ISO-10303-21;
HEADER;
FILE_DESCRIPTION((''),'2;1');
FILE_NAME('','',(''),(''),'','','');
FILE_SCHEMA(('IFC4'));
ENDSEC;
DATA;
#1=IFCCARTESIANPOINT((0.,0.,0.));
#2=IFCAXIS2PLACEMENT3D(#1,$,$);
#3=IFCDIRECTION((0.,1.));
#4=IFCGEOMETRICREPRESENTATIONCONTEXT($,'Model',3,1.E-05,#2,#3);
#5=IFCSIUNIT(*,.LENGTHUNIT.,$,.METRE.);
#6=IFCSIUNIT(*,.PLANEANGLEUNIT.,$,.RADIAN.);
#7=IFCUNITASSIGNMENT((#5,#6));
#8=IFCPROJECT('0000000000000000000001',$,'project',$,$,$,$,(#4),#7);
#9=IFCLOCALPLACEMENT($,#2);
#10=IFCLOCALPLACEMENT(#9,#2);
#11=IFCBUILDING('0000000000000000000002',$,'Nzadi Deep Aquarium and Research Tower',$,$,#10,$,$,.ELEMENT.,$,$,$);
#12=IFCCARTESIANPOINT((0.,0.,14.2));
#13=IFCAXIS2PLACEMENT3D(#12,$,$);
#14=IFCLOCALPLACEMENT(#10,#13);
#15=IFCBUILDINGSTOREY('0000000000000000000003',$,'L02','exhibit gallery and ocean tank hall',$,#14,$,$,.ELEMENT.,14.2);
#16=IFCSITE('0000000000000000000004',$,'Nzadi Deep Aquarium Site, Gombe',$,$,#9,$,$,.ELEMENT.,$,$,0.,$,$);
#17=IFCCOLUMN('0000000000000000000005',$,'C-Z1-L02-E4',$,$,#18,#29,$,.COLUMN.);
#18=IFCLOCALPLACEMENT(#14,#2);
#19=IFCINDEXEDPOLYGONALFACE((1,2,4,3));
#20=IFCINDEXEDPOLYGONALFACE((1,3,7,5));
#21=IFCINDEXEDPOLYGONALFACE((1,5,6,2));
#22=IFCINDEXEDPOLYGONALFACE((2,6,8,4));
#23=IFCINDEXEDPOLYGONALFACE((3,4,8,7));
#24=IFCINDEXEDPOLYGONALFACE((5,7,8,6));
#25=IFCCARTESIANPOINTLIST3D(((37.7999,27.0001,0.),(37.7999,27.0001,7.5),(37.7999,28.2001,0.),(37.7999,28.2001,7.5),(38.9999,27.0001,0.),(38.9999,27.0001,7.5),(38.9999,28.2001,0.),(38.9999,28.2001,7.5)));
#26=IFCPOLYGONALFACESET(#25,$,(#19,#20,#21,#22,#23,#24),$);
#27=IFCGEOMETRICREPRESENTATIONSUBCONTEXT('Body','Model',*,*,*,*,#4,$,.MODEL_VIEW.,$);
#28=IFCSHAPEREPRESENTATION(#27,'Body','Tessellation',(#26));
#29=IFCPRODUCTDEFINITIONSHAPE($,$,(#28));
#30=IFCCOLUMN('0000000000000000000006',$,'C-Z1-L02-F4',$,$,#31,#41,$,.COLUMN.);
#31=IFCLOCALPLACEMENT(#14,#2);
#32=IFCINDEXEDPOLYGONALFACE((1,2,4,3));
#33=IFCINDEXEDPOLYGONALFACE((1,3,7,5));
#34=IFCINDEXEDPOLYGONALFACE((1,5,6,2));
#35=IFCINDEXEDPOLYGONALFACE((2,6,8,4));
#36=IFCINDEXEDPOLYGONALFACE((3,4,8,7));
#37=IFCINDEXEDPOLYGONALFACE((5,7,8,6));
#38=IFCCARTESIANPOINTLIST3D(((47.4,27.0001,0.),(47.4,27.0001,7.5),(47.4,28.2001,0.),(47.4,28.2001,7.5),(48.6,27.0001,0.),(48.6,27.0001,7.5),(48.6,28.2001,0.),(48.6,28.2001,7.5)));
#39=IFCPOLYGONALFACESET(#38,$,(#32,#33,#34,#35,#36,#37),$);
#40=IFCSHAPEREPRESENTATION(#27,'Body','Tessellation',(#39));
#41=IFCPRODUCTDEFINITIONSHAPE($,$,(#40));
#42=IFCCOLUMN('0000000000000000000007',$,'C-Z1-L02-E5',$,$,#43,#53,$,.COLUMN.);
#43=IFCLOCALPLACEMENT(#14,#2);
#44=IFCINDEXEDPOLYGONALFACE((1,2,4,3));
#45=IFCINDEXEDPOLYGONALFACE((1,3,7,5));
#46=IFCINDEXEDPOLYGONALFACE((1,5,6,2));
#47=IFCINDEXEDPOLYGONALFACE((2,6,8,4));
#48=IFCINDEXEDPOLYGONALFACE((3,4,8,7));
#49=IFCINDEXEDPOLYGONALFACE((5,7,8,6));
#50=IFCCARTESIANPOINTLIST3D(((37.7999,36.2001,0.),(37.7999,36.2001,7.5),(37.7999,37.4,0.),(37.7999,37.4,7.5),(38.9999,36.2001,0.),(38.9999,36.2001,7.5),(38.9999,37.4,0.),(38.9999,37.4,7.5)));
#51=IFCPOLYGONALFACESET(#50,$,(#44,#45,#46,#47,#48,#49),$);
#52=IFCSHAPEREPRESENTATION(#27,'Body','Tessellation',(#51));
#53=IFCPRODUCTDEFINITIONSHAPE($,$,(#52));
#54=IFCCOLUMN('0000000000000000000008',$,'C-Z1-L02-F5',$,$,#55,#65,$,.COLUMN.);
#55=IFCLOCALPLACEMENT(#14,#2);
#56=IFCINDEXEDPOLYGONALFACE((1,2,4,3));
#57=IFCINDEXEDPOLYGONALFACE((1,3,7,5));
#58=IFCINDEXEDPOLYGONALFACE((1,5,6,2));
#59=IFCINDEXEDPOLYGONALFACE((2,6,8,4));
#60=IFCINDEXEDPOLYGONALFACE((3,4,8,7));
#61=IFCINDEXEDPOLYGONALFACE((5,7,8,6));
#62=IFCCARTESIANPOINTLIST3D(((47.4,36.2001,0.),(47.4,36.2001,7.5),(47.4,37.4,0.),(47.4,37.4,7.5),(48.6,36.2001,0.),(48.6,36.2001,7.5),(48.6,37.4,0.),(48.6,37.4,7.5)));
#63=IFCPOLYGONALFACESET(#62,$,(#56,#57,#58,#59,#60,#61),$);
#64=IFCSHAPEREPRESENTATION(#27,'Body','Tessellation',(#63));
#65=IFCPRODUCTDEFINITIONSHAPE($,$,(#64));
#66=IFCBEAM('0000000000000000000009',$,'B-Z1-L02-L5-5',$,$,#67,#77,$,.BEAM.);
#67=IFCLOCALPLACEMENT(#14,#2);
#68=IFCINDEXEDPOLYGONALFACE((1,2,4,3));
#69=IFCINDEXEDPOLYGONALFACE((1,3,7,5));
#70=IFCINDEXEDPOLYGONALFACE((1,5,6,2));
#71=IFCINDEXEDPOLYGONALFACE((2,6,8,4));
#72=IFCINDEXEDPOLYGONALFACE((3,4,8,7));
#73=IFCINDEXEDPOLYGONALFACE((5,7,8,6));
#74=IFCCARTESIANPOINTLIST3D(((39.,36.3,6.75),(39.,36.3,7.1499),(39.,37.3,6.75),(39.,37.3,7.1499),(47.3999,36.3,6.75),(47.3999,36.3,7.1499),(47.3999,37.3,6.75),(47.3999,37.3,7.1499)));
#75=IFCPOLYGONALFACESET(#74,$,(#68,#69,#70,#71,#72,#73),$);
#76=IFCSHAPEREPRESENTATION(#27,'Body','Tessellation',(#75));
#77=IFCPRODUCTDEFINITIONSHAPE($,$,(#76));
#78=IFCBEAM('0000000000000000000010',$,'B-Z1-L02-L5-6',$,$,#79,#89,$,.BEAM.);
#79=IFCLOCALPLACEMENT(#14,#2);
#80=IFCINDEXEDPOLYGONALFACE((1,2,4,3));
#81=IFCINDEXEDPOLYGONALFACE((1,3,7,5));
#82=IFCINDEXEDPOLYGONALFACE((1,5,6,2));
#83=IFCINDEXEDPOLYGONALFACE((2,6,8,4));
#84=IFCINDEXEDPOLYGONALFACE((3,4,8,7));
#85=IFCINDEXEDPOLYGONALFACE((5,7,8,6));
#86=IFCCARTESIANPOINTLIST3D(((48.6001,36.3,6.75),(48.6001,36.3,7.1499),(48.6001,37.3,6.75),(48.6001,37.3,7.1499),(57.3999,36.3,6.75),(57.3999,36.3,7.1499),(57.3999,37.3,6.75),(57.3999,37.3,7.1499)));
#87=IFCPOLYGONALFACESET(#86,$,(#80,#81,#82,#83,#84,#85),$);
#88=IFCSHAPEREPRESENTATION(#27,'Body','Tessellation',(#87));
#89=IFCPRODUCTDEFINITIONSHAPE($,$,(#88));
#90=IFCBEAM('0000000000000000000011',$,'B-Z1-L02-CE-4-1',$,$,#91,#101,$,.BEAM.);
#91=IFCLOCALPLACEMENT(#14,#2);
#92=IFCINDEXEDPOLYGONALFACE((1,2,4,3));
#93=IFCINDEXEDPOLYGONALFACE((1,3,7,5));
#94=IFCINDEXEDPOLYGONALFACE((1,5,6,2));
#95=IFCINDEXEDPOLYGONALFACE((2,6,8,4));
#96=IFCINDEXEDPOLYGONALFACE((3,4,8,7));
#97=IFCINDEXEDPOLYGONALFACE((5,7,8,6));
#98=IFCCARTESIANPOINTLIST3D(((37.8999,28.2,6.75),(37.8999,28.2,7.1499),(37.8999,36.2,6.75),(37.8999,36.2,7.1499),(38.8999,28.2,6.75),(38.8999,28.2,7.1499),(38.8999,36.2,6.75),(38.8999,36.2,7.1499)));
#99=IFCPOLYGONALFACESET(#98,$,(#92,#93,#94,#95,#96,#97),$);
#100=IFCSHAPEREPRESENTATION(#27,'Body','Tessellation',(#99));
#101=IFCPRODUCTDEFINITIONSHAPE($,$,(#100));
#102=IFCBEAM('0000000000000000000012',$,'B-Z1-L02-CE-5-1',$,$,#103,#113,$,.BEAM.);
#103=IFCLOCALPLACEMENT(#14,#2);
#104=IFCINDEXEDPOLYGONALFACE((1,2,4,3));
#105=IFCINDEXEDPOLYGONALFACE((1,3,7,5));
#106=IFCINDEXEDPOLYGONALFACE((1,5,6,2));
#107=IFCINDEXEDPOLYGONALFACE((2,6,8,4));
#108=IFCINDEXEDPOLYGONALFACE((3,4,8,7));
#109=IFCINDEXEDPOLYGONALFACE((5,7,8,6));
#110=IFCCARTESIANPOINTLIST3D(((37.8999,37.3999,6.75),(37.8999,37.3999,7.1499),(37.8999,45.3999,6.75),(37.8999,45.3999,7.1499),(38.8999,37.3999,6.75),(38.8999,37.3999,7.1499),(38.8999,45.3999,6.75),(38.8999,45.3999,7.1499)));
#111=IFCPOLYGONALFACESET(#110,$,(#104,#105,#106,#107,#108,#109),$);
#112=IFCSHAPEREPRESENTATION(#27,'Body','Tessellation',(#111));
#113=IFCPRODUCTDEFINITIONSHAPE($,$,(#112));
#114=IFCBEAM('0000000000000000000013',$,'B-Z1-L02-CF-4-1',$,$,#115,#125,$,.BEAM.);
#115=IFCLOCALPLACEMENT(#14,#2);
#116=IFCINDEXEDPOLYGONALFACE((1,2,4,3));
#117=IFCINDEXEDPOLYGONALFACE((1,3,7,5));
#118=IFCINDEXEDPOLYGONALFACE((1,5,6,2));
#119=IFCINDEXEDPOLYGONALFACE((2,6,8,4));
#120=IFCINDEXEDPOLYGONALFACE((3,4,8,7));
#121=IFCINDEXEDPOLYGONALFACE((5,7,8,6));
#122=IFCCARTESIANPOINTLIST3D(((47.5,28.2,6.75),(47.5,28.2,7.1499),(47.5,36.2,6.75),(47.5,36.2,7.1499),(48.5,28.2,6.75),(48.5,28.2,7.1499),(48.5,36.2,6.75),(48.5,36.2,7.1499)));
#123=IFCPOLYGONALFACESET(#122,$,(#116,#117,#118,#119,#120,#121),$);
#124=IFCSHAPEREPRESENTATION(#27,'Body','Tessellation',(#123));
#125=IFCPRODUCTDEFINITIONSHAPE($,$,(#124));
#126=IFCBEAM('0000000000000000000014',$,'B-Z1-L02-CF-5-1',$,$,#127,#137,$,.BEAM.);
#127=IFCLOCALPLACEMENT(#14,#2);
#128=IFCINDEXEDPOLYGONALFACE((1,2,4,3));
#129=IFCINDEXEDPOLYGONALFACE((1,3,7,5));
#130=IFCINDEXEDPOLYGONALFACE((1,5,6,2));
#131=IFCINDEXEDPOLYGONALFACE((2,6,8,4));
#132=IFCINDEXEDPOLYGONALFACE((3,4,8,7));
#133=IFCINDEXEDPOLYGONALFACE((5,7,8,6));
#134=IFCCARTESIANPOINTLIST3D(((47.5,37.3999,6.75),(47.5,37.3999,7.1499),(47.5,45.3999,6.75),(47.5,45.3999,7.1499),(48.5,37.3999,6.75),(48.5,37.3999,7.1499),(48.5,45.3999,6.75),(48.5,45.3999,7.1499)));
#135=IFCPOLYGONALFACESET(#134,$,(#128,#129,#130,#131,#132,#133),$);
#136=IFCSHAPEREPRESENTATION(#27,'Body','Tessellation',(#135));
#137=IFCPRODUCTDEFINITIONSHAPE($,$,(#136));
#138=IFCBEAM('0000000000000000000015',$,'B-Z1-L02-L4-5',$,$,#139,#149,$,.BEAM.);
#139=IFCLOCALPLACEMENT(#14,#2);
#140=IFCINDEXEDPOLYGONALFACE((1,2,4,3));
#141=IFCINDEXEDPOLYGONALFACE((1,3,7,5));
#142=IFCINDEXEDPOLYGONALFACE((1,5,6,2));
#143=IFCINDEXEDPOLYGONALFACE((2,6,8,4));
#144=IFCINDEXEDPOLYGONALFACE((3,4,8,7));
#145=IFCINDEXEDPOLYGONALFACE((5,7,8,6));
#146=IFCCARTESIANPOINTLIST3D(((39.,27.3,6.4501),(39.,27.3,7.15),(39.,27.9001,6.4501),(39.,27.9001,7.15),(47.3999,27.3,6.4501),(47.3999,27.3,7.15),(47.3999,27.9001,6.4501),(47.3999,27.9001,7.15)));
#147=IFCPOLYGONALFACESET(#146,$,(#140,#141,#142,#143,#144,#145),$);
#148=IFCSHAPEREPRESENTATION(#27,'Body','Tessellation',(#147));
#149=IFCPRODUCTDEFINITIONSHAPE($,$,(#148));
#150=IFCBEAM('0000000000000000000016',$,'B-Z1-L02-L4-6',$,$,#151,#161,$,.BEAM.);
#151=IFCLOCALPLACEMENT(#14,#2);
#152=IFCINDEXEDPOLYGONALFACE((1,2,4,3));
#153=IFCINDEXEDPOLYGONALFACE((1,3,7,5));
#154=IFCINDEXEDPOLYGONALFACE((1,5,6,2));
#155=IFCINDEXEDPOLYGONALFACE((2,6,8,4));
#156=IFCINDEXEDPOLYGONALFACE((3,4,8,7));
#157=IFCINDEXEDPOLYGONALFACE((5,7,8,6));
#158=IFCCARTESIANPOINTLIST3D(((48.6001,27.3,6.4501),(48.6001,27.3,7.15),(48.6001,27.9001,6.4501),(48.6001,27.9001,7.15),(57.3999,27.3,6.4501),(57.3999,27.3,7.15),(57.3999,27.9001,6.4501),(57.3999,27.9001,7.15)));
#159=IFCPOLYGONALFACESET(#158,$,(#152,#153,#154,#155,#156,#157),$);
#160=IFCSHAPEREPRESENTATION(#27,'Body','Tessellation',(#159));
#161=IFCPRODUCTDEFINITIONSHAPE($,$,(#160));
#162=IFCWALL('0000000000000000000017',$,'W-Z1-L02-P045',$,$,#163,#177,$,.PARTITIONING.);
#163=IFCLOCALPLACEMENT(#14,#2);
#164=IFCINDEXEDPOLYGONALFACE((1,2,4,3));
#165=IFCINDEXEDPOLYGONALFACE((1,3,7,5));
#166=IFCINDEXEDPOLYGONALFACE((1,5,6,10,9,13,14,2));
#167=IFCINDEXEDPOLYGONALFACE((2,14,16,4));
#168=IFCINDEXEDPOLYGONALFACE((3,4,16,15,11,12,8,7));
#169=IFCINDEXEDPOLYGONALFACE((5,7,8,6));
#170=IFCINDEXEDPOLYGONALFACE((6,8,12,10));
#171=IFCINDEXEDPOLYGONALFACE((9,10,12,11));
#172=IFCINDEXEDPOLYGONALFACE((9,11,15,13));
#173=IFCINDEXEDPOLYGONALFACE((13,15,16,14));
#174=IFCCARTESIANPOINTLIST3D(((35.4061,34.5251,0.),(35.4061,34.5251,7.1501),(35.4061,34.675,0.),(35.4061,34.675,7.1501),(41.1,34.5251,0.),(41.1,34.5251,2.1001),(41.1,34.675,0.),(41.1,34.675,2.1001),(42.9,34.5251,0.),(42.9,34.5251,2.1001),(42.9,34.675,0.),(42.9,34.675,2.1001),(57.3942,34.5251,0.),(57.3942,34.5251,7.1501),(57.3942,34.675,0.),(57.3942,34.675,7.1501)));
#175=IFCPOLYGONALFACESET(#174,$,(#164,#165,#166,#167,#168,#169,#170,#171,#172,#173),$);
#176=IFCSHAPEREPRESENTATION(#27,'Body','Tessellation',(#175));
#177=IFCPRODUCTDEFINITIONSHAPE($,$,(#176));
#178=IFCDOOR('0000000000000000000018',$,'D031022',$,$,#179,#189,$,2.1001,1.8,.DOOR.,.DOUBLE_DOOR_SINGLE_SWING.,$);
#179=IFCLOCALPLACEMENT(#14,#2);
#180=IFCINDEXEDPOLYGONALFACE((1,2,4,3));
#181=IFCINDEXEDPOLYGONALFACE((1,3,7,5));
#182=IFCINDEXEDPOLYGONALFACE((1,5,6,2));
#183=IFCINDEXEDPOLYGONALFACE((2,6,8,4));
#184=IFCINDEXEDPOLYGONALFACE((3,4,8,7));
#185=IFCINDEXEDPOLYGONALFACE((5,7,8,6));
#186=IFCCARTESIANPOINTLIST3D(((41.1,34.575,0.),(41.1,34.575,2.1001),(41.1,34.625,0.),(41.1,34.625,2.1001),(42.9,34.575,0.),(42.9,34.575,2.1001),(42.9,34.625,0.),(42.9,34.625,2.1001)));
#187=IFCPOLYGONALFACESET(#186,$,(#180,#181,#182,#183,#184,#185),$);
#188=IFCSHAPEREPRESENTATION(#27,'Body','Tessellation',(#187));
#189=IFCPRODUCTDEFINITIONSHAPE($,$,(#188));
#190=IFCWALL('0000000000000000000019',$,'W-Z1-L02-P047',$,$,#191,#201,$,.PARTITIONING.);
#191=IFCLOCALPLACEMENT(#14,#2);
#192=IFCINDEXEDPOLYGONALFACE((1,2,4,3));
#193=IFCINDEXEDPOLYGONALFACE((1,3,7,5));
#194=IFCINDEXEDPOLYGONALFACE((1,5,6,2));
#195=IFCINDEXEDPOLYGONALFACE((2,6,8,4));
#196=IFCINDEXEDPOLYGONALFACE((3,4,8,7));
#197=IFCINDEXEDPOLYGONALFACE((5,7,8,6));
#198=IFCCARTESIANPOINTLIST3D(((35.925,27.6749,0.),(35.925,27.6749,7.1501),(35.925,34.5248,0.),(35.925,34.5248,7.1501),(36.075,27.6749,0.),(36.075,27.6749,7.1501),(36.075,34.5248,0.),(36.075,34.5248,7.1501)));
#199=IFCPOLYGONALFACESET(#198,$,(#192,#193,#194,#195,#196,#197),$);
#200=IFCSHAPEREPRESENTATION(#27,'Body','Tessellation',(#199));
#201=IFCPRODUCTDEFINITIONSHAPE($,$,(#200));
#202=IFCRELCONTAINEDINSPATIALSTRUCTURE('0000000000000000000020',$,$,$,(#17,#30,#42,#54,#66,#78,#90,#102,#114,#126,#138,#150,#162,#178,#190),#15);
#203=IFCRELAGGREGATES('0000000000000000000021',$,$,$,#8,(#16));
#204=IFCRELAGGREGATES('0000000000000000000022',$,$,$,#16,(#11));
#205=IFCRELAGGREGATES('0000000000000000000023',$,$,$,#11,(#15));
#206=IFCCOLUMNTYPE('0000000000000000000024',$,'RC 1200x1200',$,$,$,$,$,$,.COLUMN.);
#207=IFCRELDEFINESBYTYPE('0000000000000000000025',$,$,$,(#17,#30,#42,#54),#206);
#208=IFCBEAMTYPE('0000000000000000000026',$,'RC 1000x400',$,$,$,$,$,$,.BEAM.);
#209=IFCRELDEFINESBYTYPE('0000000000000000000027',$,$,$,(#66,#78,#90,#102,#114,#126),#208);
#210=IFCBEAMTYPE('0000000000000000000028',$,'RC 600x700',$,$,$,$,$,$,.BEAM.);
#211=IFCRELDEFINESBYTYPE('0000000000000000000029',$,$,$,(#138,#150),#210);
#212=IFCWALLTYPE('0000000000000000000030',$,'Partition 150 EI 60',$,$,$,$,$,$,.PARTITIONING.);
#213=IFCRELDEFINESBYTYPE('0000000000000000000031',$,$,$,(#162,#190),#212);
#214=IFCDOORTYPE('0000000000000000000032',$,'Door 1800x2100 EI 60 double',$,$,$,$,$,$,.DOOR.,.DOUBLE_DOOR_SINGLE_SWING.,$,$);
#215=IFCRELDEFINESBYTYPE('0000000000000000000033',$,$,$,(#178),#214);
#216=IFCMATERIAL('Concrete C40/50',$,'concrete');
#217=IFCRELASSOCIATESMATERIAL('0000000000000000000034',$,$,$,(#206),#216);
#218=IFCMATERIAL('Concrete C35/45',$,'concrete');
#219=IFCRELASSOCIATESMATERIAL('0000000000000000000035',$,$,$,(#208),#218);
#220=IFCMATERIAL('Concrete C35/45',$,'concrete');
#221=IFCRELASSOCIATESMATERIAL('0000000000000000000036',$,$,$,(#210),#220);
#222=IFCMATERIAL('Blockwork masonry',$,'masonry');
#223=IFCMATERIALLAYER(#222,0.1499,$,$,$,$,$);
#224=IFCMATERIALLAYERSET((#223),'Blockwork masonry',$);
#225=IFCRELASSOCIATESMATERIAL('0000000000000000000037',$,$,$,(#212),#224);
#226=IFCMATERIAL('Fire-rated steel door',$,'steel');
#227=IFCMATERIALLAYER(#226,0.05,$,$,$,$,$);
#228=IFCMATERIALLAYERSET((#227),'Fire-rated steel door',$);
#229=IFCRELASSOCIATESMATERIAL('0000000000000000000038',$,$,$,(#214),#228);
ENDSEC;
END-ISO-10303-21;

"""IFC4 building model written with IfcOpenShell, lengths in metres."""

from ifc_helpers import new_model, si_unit, direction, frame, frame_2d, origin, origin_2d, place, context, subcontext, project, spatial, rectangle, extrude, material, layer, layer_set, material_profile, profile_set, type_object, element, fill, save


model = new_model("IFC4")

# Units and contexts
model_context = context("Model", 3, precision=1e-05, world=origin(), true_north=direction((0.0, 1.0)))
body_context = subcontext(model_context, "Body", "Model", "MODEL_VIEW")
ifc_project = project(units=[si_unit("LENGTHUNIT", "METRE"), si_unit("PLANEANGLEUNIT", "RADIAN")], contexts=[model_context])

# Site, building, storey
site_placement = place(None, origin())
site = spatial("IfcSite", under=ifc_project, at=site_placement, Name="Nzadi Deep Aquarium Site, Gombe", CompositionType="ELEMENT", RefElevation=0.0)
building_placement = place(site_placement, origin())
building = spatial("IfcBuilding", under=site, at=building_placement, Name="Nzadi Deep Aquarium and Research Tower", CompositionType="ELEMENT")
storey_placement = place(building_placement, frame((0.0, 0.0, 14.2)))
storey = spatial("IfcBuildingStorey", under=building, at=storey_placement, Name="L02", Description="exhibit gallery and ocean tank hall", CompositionType="ELEMENT", Elevation=14.2)

# Columns
ifc_material_1 = material(Name="Concrete C40/50", Category="concrete")
ifc_material_profile_1 = material_profile(ifc_material_1, rectangle(XDim=1.2, YDim=1.2, at=origin_2d()))
ifc_profile_set_1 = profile_set([ifc_material_profile_1], Name="Concrete C40/50")
column_type = type_object("IfcColumnType", Name="RC 1200x1200", PredefinedType="COLUMN", material=ifc_profile_set_1)
for number, where, z_axis, x_axis, name in (
    (1, (38.3999, 27.6001, 0.0), (0.0, 0.0, 1.0), (1.0, 0.0, 0.0), "C-Z1-L02-E4"),
    (2, (48.0, 27.6001, 0.0), (0.0, 0.0, 1.0), (1.0, 0.0, 0.0), "C-Z1-L02-F4"),
    (3, (38.3999, 36.8, 0.0), (0.0, 0.0, 1.0), (1.0, 0.0, 0.0), "C-Z1-L02-E5"),
    (4, (48.0, 36.8, 0.0), (0.0, 0.0, 1.0), (1.0, 0.0, 0.0), "C-Z1-L02-F5"),
):
    element("IfcColumn", number, at=place(storey_placement, frame(where, z_axis=z_axis, x_axis=x_axis)), inside=storey, type_object=column_type, Name=name, PredefinedType="COLUMN", context=body_context, shape_type="SweptSolid", body=[
        extrude(rectangle(XDim=1.2, YDim=1.2, at=origin_2d()), origin(), (0.0, 0.0, 1.0), 7.5),
    ])

# Beams
ifc_material_2 = material(Name="Concrete C35/45", Category="concrete")
ifc_material_profile_2 = material_profile(ifc_material_2, rectangle(XDim=1.0, YDim=0.3999, at=origin_2d()))
ifc_profile_set_2 = profile_set([ifc_material_profile_2], Name="Concrete C35/45")
beam_type_1 = type_object("IfcBeamType", Name="RC 1000x400", PredefinedType="BEAM", material=ifc_profile_set_2)
beam_1_placement = place(storey_placement, frame((39.0, 36.8, 6.95), z_axis=(1.0, 0.0, 0.0), x_axis=(0.0, 1.0, 0.0)))
element("IfcBeam", 5, at=beam_1_placement, inside=storey, type_object=beam_type_1, Name="B-Z1-L02-L5-5", PredefinedType="BEAM", context=body_context, shape_type="SweptSolid", body=[
    extrude(rectangle(XDim=1.0, YDim=0.3999, at=origin_2d()), origin(), (0.0, 0.0, 1.0), 8.3999),
])
beam_2_placement = place(storey_placement, frame((48.6001, 36.8, 6.95), z_axis=(1.0, 0.0, 0.0), x_axis=(0.0, 1.0, 0.0)))
element("IfcBeam", 6, at=beam_2_placement, inside=storey, type_object=beam_type_1, Name="B-Z1-L02-L5-6", PredefinedType="BEAM", context=body_context, shape_type="SweptSolid", body=[
    extrude(rectangle(XDim=1.0, YDim=0.3999, at=origin_2d()), origin(), (0.0, 0.0, 1.0), 8.7998),
])
for number, where, z_axis, x_axis, name in (
    (7, (38.3999, 28.2, 6.95), (0.0, 1.0, 0.0), (-1.0, 0.0, 0.0), "B-Z1-L02-CE-4-1"),
    (8, (38.3999, 37.3999, 6.95), (0.0, 1.0, 0.0), (-1.0, 0.0, 0.0), "B-Z1-L02-CE-5-1"),
    (9, (48.0, 28.2, 6.95), (0.0, 1.0, 0.0), (-1.0, 0.0, 0.0), "B-Z1-L02-CF-4-1"),
    (10, (48.0, 37.3999, 6.95), (0.0, 1.0, 0.0), (-1.0, 0.0, 0.0), "B-Z1-L02-CF-5-1"),
):
    element("IfcBeam", number, at=place(storey_placement, frame(where, z_axis=z_axis, x_axis=x_axis)), inside=storey, type_object=beam_type_1, Name=name, PredefinedType="BEAM", context=body_context, shape_type="SweptSolid", body=[
        extrude(rectangle(XDim=1.0, YDim=0.3999, at=origin_2d()), origin(), (0.0, 0.0, 1.0), 8.0),
    ])
ifc_material_3 = material(Name="Concrete C35/45", Category="concrete")
ifc_material_profile_3 = material_profile(ifc_material_3, rectangle(XDim=0.6001, YDim=0.7, at=origin_2d()))
ifc_profile_set_3 = profile_set([ifc_material_profile_3], Name="Concrete C35/45")
beam_type_2 = type_object("IfcBeamType", Name="RC 600x700", PredefinedType="BEAM", material=ifc_profile_set_3)
beam_3_placement = place(storey_placement, frame((39.0, 27.6001, 6.8), z_axis=(1.0, 0.0, 0.0), x_axis=(0.0, 1.0, 0.0)))
element("IfcBeam", 11, at=beam_3_placement, inside=storey, type_object=beam_type_2, Name="B-Z1-L02-L4-5", PredefinedType="BEAM", context=body_context, shape_type="SweptSolid", body=[
    extrude(rectangle(XDim=0.6001, YDim=0.7, at=origin_2d()), origin(), (0.0, 0.0, 1.0), 8.3999),
])
beam_4_placement = place(storey_placement, frame((48.6001, 27.6001, 6.8), z_axis=(1.0, 0.0, 0.0), x_axis=(0.0, 1.0, 0.0)))
element("IfcBeam", 12, at=beam_4_placement, inside=storey, type_object=beam_type_2, Name="B-Z1-L02-L4-6", PredefinedType="BEAM", context=body_context, shape_type="SweptSolid", body=[
    extrude(rectangle(XDim=0.6001, YDim=0.7, at=origin_2d()), origin(), (0.0, 0.0, 1.0), 8.7998),
])

# Wall, opening, door
ifc_material_4 = material(Name="Blockwork masonry", Category="masonry")
ifc_layer_1 = layer(ifc_material_4, 0.1499)
ifc_layer_set_1 = layer_set([ifc_layer_1], Name="Blockwork masonry")
wall_type_1 = type_object("IfcWallType", Name="Partition 150 EI 60", PredefinedType="PARTITIONING", material=ifc_layer_set_1)
wall_1_placement = place(storey_placement, frame((35.406, 34.6001, 0.0), z_axis=(0.0, 0.0, 1.0), x_axis=(1.0, 0.0, 0.0)))
wall_1 = element("IfcWall", 13, at=wall_1_placement, inside=storey, type_object=wall_type_1, Name="W-Z1-L02-P045", PredefinedType="PARTITIONING", context=body_context, shape_type="SweptSolid", body=[
    extrude(rectangle(XDim=21.988, YDim=0.1499, at=frame_2d((10.9941, 0.0))), origin(), (0.0, 0.0, 1.0), 7.1501),
])
opening_1_placement = place(wall_1_placement, frame((5.6941, 0.0, 0.0)))
opening_1 = element("IfcOpeningElement", 14, at=opening_1_placement, cuts=wall_1, PredefinedType="OPENING", context=body_context, shape_type="SweptSolid", body=[
    extrude(rectangle(XDim=1.8, YDim=2.1001, at=frame_2d((0.8999, 1.05))), frame((0.0, 0.085, 0.0), z_axis=(0.0, -1.0, 0.0), x_axis=(1.0, 0.0, 0.0)), (0.0, 0.0, 1.0), 0.1699),
])
ifc_material_5 = material(Name="Fire-rated steel door", Category="steel")
ifc_layer_2 = layer(ifc_material_5, 0.05)
ifc_layer_set_2 = layer_set([ifc_layer_2], Name="Fire-rated steel door")
door_type_1 = type_object("IfcDoorType", Name="Door 1800x2100 EI 60 double", OperationType="DOUBLE_DOOR_SINGLE_SWING", PredefinedType="DOOR", material=ifc_layer_set_2)
door_1_placement = place(opening_1_placement, origin())
door_1 = element("IfcDoor", 15, at=door_1_placement, inside=storey, type_object=door_type_1, Name="D031022", OperationType="DOUBLE_DOOR_SINGLE_SWING", OverallHeight=2.1001, OverallWidth=1.8, PredefinedType="DOOR", context=body_context, shape_type="SweptSolid", body=[
    extrude(rectangle(XDim=1.8, YDim=2.1001, at=frame_2d((0.8999, 1.05))), frame((0.0, 0.0249, 0.0), z_axis=(0.0, -1.0, 0.0), x_axis=(1.0, 0.0, 0.0)), (0.0, 0.0, 1.0), 0.05),
])
fill(opening_1, door_1)

# Wall
wall_2_placement = place(storey_placement, frame((36.0, 27.675, 0.0), z_axis=(0.0, 0.0, 1.0), x_axis=(0.0, 1.0, 0.0)))
element("IfcWall", 16, at=wall_2_placement, inside=storey, type_object=wall_type_1, Name="W-Z1-L02-P047", PredefinedType="PARTITIONING", context=body_context, shape_type="SweptSolid", body=[
    extrude(rectangle(XDim=6.8499, YDim=0.1499, at=frame_2d((3.4248, 0.0))), origin(), (0.0, 0.0, 1.0), 7.1501),
])

save(model, "model.ifc")
